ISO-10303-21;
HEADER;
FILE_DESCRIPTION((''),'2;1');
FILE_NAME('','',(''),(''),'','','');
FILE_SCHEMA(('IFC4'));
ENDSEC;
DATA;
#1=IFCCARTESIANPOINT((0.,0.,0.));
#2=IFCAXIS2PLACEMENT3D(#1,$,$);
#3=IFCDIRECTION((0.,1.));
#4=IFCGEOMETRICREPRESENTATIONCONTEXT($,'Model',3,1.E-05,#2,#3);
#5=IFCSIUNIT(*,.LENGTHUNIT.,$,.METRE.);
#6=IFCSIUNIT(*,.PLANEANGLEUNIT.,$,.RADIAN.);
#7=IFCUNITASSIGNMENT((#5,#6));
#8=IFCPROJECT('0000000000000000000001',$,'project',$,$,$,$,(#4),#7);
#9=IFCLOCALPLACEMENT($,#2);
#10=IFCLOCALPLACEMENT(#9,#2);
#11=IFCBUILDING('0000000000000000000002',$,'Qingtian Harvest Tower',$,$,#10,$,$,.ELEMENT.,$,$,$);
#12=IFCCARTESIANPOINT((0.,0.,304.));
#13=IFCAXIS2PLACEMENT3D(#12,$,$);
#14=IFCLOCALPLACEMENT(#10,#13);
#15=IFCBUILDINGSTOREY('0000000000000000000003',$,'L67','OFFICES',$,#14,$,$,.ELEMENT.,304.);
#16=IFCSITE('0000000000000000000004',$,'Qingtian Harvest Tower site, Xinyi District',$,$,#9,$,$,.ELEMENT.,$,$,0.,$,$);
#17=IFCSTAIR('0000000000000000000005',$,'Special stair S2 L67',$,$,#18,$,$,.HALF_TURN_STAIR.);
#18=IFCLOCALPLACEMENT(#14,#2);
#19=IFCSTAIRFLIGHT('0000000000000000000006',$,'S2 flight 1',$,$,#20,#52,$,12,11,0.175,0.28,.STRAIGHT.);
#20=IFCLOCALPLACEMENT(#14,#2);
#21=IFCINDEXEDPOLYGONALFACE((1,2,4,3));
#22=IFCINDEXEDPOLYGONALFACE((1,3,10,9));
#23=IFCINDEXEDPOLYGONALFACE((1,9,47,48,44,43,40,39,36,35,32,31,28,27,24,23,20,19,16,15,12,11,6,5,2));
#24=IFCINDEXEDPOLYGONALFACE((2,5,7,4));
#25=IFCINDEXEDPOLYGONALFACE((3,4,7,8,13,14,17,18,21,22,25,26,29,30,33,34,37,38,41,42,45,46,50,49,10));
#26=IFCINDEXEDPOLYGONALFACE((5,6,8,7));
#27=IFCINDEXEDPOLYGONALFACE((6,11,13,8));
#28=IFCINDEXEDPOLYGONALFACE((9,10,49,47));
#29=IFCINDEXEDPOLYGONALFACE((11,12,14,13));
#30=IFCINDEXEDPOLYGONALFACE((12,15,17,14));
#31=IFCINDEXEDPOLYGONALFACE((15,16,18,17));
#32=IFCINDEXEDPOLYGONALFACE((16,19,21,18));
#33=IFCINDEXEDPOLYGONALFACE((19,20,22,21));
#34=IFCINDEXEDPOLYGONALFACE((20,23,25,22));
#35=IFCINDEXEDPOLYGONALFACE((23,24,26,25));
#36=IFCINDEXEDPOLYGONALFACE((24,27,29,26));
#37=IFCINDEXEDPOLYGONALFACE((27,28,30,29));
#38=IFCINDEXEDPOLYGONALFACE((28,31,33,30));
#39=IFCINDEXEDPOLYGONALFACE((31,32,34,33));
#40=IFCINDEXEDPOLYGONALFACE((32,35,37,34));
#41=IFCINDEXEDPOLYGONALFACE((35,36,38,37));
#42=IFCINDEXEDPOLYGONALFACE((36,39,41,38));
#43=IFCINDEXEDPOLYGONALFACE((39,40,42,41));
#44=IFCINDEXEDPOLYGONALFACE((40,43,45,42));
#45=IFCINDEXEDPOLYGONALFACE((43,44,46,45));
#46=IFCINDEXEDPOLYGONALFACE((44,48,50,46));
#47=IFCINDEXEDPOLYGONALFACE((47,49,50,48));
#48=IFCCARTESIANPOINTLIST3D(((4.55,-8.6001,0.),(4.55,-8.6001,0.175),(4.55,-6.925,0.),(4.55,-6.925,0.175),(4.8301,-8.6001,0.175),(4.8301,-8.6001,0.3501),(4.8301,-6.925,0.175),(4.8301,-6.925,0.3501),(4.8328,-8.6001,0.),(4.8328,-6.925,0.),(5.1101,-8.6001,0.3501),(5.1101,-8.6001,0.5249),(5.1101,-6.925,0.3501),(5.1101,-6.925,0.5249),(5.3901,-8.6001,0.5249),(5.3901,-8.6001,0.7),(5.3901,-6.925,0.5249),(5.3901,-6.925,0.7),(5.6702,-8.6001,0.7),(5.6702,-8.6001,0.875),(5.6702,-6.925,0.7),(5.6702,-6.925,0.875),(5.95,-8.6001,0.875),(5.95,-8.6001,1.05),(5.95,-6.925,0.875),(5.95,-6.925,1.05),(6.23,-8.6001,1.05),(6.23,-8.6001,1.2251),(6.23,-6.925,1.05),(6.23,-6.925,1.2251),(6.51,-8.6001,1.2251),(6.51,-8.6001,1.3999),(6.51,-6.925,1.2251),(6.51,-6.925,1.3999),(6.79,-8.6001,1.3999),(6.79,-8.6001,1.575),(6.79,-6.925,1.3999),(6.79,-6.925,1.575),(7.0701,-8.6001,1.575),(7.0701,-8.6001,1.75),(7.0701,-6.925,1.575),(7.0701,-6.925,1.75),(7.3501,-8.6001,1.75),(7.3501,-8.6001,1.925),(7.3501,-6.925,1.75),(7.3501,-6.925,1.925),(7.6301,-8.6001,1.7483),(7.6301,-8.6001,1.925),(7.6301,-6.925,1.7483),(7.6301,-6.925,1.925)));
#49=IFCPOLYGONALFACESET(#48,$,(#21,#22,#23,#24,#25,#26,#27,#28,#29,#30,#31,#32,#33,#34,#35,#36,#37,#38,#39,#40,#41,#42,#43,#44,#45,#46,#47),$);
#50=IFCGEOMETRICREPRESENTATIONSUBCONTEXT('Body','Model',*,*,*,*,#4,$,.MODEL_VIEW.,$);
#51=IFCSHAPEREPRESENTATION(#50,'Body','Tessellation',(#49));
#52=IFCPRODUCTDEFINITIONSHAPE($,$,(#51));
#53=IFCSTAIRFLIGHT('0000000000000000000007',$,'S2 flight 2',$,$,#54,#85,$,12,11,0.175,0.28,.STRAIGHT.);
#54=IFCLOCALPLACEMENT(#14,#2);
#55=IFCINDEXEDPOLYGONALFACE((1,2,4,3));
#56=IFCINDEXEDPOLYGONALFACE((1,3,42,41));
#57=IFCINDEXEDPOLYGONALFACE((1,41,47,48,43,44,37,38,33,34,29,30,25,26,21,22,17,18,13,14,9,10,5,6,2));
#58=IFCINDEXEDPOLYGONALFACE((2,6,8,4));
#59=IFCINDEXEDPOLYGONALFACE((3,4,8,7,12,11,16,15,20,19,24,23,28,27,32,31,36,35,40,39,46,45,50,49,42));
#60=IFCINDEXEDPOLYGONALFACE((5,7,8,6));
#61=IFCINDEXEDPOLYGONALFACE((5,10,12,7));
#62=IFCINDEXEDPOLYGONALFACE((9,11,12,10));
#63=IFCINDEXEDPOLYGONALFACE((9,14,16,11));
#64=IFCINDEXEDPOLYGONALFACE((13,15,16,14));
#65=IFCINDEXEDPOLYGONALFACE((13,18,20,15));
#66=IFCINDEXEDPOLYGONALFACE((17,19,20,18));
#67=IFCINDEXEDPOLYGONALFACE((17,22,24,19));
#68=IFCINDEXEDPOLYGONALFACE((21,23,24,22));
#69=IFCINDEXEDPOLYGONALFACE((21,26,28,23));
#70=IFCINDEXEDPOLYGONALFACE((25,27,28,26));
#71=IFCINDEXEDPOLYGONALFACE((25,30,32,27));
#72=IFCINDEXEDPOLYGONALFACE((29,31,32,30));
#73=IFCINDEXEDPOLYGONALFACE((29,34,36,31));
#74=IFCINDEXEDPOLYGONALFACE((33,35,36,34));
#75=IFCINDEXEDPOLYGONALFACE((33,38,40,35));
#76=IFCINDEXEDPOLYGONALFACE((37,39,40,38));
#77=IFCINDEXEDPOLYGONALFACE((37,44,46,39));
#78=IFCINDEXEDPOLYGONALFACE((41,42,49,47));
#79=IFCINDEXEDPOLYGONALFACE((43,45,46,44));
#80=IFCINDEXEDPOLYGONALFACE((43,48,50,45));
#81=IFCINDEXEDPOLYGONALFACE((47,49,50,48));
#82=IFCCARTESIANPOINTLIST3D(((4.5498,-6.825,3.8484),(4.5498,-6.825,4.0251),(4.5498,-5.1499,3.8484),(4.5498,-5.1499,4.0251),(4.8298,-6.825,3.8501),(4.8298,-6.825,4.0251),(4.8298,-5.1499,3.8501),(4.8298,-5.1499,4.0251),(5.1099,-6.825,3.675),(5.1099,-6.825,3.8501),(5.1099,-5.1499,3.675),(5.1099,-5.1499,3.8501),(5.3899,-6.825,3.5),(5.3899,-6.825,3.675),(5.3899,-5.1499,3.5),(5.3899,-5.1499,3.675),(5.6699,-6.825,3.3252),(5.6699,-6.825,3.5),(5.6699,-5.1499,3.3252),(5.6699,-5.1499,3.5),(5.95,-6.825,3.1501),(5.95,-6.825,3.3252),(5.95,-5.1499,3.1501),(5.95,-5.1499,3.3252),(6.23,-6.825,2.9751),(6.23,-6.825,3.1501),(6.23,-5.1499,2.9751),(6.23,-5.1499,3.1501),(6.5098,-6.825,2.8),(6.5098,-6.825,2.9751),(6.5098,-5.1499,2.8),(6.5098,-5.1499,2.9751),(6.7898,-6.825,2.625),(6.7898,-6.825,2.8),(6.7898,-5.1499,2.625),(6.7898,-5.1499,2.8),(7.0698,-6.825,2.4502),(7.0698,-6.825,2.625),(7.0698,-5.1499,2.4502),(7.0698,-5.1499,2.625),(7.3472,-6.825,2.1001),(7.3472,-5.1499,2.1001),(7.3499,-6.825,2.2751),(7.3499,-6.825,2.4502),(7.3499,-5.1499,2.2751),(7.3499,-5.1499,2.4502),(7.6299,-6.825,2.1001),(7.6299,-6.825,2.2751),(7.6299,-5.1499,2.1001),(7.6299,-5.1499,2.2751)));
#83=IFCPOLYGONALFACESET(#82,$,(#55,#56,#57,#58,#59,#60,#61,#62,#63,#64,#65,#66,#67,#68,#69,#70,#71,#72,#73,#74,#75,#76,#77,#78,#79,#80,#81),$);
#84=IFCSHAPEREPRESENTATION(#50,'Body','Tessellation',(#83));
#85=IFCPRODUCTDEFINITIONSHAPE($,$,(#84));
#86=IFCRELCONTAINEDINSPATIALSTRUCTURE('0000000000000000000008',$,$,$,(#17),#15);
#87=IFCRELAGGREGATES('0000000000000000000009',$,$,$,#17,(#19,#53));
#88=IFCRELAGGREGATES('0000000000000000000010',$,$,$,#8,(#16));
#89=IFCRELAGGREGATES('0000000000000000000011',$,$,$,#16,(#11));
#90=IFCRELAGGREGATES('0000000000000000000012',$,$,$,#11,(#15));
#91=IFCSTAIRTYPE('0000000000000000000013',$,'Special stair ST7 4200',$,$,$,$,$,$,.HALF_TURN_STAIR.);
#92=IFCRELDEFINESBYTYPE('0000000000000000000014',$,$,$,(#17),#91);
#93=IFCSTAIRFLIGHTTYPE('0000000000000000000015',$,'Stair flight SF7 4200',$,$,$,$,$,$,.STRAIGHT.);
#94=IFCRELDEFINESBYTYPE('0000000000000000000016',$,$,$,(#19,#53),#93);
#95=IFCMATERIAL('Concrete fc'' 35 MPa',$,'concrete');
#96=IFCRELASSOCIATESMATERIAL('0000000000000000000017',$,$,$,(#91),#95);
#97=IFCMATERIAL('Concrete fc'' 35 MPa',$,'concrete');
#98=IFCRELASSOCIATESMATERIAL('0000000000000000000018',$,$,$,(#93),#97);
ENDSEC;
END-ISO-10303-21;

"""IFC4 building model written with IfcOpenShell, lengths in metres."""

from ifc_helpers import new_model, si_unit, direction, frame, origin, place, context, subcontext, project, spatial, polyline, outline, extrude, material, type_object, element, aggregate, save


model = new_model("IFC4")

# Units and contexts
model_context = context("Model", 3, precision=1e-05, world=origin(), true_north=direction((0.0, 1.0)))
body_context = subcontext(model_context, "Body", "Model", "MODEL_VIEW")
ifc_project = project(units=[si_unit("LENGTHUNIT", "METRE"), si_unit("PLANEANGLEUNIT", "RADIAN")], contexts=[model_context])

# Site, building, storey
site_placement = place(None, origin())
site = spatial("IfcSite", under=ifc_project, at=site_placement, Name="Qingtian Harvest Tower site, Xinyi District", CompositionType="ELEMENT", RefElevation=0.0)
building_placement = place(site_placement, origin())
building = spatial("IfcBuilding", under=site, at=building_placement, Name="Qingtian Harvest Tower", CompositionType="ELEMENT")
storey_placement = place(building_placement, frame((0.0, 0.0, 304.0)))
storey = spatial("IfcBuildingStorey", under=building, at=storey_placement, Name="L67", Description="OFFICES", CompositionType="ELEMENT", Elevation=304.0)

# Stair, stair flights
ifc_material_1 = material(Name="Concrete fc' 35 MPa", Category="concrete")
stair_type = type_object("IfcStairType", Name="Special stair ST7 4200", PredefinedType="HALF_TURN_STAIR", material=ifc_material_1)
stair_placement = place(storey_placement, origin())
stair = element("IfcStair", 1, at=stair_placement, inside=storey, type_object=stair_type, Name="Special stair S2 L67", PredefinedType="HALF_TURN_STAIR")
ifc_material_2 = material(Name="Concrete fc' 35 MPa", Category="concrete")
stair_flight_type = type_object("IfcStairFlightType", Name="Stair flight SF7 4200", PredefinedType="STRAIGHT", material=ifc_material_2)
stair_flight_1_placement = place(storey_placement, frame((4.55, -7.7625, 0.0), z_axis=(0.0, 0.0, 1.0), x_axis=(1.0, 0.0, 0.0)))
stair_flight_1 = element("IfcStairFlight", 2, at=stair_flight_1_placement, type_object=stair_flight_type, Name="S2 flight 1", NumberOfRisers=12, NumberOfTreads=11, PredefinedType="STRAIGHT", RiserHeight=0.175, TreadLength=0.28, context=body_context, shape_type="SweptSolid", body=[
    extrude(outline(polyline([(0.0, 0.0), (0.0, 0.175), (0.28, 0.175), (0.28, 0.3501), (0.5601, 0.3501), (0.5601, 0.5249), (0.8401, 0.5249), (0.8401, 0.7), (1.1201, 0.7), (1.1201, 0.875), (1.3999, 0.875), (1.3999, 1.05), (1.6799, 1.05), (1.6799, 1.2251), (1.96, 1.2251), (1.96, 1.3999), (2.24, 1.3999), (2.24, 1.575), (2.52, 1.575), (2.52, 1.75), (2.8, 1.75), (2.8, 1.925), (3.0801, 1.925), (3.0801, 2.1001), (3.0801, 1.7483), (0.2827, 0.0), (0.0, 0.0)])), frame((0.0, 0.8374, 0.0), z_axis=(0.0, -1.0, 0.0), x_axis=(1.0, 0.0, 0.0)), (0.0, 0.0, 1.0), 1.675),
])
stair_flight_2_placement = place(storey_placement, frame((7.6299, -5.9875, 2.1001), z_axis=(0.0, 0.0, 1.0), x_axis=(-1.0, 0.0, 0.0)))
stair_flight_2 = element("IfcStairFlight", 3, at=stair_flight_2_placement, type_object=stair_flight_type, Name="S2 flight 2", NumberOfRisers=12, NumberOfTreads=11, PredefinedType="STRAIGHT", RiserHeight=0.175, TreadLength=0.28, context=body_context, shape_type="SweptSolid", body=[
    extrude(outline(polyline([(0.0, 0.0), (0.0, 0.175), (0.28, 0.175), (0.28, 0.3501), (0.5601, 0.3501), (0.5601, 0.5249), (0.8401, 0.5249), (0.8401, 0.7), (1.1201, 0.7), (1.1201, 0.875), (1.3999, 0.875), (1.3999, 1.05), (1.6799, 1.05), (1.6799, 1.2251), (1.96, 1.2251), (1.96, 1.3999), (2.24, 1.3999), (2.24, 1.575), (2.52, 1.575), (2.52, 1.75), (2.8, 1.75), (2.8, 1.925), (3.0801, 1.925), (3.0801, 2.1001), (3.0801, 1.7483), (0.2827, 0.0), (0.0, 0.0)])), frame((0.0, 0.8374, 0.0), z_axis=(0.0, -1.0, 0.0), x_axis=(1.0, 0.0, 0.0)), (0.0, 0.0, 1.0), 1.675),
])
aggregate(stair, [stair_flight_1, stair_flight_2])

save(model, "model.ifc")
